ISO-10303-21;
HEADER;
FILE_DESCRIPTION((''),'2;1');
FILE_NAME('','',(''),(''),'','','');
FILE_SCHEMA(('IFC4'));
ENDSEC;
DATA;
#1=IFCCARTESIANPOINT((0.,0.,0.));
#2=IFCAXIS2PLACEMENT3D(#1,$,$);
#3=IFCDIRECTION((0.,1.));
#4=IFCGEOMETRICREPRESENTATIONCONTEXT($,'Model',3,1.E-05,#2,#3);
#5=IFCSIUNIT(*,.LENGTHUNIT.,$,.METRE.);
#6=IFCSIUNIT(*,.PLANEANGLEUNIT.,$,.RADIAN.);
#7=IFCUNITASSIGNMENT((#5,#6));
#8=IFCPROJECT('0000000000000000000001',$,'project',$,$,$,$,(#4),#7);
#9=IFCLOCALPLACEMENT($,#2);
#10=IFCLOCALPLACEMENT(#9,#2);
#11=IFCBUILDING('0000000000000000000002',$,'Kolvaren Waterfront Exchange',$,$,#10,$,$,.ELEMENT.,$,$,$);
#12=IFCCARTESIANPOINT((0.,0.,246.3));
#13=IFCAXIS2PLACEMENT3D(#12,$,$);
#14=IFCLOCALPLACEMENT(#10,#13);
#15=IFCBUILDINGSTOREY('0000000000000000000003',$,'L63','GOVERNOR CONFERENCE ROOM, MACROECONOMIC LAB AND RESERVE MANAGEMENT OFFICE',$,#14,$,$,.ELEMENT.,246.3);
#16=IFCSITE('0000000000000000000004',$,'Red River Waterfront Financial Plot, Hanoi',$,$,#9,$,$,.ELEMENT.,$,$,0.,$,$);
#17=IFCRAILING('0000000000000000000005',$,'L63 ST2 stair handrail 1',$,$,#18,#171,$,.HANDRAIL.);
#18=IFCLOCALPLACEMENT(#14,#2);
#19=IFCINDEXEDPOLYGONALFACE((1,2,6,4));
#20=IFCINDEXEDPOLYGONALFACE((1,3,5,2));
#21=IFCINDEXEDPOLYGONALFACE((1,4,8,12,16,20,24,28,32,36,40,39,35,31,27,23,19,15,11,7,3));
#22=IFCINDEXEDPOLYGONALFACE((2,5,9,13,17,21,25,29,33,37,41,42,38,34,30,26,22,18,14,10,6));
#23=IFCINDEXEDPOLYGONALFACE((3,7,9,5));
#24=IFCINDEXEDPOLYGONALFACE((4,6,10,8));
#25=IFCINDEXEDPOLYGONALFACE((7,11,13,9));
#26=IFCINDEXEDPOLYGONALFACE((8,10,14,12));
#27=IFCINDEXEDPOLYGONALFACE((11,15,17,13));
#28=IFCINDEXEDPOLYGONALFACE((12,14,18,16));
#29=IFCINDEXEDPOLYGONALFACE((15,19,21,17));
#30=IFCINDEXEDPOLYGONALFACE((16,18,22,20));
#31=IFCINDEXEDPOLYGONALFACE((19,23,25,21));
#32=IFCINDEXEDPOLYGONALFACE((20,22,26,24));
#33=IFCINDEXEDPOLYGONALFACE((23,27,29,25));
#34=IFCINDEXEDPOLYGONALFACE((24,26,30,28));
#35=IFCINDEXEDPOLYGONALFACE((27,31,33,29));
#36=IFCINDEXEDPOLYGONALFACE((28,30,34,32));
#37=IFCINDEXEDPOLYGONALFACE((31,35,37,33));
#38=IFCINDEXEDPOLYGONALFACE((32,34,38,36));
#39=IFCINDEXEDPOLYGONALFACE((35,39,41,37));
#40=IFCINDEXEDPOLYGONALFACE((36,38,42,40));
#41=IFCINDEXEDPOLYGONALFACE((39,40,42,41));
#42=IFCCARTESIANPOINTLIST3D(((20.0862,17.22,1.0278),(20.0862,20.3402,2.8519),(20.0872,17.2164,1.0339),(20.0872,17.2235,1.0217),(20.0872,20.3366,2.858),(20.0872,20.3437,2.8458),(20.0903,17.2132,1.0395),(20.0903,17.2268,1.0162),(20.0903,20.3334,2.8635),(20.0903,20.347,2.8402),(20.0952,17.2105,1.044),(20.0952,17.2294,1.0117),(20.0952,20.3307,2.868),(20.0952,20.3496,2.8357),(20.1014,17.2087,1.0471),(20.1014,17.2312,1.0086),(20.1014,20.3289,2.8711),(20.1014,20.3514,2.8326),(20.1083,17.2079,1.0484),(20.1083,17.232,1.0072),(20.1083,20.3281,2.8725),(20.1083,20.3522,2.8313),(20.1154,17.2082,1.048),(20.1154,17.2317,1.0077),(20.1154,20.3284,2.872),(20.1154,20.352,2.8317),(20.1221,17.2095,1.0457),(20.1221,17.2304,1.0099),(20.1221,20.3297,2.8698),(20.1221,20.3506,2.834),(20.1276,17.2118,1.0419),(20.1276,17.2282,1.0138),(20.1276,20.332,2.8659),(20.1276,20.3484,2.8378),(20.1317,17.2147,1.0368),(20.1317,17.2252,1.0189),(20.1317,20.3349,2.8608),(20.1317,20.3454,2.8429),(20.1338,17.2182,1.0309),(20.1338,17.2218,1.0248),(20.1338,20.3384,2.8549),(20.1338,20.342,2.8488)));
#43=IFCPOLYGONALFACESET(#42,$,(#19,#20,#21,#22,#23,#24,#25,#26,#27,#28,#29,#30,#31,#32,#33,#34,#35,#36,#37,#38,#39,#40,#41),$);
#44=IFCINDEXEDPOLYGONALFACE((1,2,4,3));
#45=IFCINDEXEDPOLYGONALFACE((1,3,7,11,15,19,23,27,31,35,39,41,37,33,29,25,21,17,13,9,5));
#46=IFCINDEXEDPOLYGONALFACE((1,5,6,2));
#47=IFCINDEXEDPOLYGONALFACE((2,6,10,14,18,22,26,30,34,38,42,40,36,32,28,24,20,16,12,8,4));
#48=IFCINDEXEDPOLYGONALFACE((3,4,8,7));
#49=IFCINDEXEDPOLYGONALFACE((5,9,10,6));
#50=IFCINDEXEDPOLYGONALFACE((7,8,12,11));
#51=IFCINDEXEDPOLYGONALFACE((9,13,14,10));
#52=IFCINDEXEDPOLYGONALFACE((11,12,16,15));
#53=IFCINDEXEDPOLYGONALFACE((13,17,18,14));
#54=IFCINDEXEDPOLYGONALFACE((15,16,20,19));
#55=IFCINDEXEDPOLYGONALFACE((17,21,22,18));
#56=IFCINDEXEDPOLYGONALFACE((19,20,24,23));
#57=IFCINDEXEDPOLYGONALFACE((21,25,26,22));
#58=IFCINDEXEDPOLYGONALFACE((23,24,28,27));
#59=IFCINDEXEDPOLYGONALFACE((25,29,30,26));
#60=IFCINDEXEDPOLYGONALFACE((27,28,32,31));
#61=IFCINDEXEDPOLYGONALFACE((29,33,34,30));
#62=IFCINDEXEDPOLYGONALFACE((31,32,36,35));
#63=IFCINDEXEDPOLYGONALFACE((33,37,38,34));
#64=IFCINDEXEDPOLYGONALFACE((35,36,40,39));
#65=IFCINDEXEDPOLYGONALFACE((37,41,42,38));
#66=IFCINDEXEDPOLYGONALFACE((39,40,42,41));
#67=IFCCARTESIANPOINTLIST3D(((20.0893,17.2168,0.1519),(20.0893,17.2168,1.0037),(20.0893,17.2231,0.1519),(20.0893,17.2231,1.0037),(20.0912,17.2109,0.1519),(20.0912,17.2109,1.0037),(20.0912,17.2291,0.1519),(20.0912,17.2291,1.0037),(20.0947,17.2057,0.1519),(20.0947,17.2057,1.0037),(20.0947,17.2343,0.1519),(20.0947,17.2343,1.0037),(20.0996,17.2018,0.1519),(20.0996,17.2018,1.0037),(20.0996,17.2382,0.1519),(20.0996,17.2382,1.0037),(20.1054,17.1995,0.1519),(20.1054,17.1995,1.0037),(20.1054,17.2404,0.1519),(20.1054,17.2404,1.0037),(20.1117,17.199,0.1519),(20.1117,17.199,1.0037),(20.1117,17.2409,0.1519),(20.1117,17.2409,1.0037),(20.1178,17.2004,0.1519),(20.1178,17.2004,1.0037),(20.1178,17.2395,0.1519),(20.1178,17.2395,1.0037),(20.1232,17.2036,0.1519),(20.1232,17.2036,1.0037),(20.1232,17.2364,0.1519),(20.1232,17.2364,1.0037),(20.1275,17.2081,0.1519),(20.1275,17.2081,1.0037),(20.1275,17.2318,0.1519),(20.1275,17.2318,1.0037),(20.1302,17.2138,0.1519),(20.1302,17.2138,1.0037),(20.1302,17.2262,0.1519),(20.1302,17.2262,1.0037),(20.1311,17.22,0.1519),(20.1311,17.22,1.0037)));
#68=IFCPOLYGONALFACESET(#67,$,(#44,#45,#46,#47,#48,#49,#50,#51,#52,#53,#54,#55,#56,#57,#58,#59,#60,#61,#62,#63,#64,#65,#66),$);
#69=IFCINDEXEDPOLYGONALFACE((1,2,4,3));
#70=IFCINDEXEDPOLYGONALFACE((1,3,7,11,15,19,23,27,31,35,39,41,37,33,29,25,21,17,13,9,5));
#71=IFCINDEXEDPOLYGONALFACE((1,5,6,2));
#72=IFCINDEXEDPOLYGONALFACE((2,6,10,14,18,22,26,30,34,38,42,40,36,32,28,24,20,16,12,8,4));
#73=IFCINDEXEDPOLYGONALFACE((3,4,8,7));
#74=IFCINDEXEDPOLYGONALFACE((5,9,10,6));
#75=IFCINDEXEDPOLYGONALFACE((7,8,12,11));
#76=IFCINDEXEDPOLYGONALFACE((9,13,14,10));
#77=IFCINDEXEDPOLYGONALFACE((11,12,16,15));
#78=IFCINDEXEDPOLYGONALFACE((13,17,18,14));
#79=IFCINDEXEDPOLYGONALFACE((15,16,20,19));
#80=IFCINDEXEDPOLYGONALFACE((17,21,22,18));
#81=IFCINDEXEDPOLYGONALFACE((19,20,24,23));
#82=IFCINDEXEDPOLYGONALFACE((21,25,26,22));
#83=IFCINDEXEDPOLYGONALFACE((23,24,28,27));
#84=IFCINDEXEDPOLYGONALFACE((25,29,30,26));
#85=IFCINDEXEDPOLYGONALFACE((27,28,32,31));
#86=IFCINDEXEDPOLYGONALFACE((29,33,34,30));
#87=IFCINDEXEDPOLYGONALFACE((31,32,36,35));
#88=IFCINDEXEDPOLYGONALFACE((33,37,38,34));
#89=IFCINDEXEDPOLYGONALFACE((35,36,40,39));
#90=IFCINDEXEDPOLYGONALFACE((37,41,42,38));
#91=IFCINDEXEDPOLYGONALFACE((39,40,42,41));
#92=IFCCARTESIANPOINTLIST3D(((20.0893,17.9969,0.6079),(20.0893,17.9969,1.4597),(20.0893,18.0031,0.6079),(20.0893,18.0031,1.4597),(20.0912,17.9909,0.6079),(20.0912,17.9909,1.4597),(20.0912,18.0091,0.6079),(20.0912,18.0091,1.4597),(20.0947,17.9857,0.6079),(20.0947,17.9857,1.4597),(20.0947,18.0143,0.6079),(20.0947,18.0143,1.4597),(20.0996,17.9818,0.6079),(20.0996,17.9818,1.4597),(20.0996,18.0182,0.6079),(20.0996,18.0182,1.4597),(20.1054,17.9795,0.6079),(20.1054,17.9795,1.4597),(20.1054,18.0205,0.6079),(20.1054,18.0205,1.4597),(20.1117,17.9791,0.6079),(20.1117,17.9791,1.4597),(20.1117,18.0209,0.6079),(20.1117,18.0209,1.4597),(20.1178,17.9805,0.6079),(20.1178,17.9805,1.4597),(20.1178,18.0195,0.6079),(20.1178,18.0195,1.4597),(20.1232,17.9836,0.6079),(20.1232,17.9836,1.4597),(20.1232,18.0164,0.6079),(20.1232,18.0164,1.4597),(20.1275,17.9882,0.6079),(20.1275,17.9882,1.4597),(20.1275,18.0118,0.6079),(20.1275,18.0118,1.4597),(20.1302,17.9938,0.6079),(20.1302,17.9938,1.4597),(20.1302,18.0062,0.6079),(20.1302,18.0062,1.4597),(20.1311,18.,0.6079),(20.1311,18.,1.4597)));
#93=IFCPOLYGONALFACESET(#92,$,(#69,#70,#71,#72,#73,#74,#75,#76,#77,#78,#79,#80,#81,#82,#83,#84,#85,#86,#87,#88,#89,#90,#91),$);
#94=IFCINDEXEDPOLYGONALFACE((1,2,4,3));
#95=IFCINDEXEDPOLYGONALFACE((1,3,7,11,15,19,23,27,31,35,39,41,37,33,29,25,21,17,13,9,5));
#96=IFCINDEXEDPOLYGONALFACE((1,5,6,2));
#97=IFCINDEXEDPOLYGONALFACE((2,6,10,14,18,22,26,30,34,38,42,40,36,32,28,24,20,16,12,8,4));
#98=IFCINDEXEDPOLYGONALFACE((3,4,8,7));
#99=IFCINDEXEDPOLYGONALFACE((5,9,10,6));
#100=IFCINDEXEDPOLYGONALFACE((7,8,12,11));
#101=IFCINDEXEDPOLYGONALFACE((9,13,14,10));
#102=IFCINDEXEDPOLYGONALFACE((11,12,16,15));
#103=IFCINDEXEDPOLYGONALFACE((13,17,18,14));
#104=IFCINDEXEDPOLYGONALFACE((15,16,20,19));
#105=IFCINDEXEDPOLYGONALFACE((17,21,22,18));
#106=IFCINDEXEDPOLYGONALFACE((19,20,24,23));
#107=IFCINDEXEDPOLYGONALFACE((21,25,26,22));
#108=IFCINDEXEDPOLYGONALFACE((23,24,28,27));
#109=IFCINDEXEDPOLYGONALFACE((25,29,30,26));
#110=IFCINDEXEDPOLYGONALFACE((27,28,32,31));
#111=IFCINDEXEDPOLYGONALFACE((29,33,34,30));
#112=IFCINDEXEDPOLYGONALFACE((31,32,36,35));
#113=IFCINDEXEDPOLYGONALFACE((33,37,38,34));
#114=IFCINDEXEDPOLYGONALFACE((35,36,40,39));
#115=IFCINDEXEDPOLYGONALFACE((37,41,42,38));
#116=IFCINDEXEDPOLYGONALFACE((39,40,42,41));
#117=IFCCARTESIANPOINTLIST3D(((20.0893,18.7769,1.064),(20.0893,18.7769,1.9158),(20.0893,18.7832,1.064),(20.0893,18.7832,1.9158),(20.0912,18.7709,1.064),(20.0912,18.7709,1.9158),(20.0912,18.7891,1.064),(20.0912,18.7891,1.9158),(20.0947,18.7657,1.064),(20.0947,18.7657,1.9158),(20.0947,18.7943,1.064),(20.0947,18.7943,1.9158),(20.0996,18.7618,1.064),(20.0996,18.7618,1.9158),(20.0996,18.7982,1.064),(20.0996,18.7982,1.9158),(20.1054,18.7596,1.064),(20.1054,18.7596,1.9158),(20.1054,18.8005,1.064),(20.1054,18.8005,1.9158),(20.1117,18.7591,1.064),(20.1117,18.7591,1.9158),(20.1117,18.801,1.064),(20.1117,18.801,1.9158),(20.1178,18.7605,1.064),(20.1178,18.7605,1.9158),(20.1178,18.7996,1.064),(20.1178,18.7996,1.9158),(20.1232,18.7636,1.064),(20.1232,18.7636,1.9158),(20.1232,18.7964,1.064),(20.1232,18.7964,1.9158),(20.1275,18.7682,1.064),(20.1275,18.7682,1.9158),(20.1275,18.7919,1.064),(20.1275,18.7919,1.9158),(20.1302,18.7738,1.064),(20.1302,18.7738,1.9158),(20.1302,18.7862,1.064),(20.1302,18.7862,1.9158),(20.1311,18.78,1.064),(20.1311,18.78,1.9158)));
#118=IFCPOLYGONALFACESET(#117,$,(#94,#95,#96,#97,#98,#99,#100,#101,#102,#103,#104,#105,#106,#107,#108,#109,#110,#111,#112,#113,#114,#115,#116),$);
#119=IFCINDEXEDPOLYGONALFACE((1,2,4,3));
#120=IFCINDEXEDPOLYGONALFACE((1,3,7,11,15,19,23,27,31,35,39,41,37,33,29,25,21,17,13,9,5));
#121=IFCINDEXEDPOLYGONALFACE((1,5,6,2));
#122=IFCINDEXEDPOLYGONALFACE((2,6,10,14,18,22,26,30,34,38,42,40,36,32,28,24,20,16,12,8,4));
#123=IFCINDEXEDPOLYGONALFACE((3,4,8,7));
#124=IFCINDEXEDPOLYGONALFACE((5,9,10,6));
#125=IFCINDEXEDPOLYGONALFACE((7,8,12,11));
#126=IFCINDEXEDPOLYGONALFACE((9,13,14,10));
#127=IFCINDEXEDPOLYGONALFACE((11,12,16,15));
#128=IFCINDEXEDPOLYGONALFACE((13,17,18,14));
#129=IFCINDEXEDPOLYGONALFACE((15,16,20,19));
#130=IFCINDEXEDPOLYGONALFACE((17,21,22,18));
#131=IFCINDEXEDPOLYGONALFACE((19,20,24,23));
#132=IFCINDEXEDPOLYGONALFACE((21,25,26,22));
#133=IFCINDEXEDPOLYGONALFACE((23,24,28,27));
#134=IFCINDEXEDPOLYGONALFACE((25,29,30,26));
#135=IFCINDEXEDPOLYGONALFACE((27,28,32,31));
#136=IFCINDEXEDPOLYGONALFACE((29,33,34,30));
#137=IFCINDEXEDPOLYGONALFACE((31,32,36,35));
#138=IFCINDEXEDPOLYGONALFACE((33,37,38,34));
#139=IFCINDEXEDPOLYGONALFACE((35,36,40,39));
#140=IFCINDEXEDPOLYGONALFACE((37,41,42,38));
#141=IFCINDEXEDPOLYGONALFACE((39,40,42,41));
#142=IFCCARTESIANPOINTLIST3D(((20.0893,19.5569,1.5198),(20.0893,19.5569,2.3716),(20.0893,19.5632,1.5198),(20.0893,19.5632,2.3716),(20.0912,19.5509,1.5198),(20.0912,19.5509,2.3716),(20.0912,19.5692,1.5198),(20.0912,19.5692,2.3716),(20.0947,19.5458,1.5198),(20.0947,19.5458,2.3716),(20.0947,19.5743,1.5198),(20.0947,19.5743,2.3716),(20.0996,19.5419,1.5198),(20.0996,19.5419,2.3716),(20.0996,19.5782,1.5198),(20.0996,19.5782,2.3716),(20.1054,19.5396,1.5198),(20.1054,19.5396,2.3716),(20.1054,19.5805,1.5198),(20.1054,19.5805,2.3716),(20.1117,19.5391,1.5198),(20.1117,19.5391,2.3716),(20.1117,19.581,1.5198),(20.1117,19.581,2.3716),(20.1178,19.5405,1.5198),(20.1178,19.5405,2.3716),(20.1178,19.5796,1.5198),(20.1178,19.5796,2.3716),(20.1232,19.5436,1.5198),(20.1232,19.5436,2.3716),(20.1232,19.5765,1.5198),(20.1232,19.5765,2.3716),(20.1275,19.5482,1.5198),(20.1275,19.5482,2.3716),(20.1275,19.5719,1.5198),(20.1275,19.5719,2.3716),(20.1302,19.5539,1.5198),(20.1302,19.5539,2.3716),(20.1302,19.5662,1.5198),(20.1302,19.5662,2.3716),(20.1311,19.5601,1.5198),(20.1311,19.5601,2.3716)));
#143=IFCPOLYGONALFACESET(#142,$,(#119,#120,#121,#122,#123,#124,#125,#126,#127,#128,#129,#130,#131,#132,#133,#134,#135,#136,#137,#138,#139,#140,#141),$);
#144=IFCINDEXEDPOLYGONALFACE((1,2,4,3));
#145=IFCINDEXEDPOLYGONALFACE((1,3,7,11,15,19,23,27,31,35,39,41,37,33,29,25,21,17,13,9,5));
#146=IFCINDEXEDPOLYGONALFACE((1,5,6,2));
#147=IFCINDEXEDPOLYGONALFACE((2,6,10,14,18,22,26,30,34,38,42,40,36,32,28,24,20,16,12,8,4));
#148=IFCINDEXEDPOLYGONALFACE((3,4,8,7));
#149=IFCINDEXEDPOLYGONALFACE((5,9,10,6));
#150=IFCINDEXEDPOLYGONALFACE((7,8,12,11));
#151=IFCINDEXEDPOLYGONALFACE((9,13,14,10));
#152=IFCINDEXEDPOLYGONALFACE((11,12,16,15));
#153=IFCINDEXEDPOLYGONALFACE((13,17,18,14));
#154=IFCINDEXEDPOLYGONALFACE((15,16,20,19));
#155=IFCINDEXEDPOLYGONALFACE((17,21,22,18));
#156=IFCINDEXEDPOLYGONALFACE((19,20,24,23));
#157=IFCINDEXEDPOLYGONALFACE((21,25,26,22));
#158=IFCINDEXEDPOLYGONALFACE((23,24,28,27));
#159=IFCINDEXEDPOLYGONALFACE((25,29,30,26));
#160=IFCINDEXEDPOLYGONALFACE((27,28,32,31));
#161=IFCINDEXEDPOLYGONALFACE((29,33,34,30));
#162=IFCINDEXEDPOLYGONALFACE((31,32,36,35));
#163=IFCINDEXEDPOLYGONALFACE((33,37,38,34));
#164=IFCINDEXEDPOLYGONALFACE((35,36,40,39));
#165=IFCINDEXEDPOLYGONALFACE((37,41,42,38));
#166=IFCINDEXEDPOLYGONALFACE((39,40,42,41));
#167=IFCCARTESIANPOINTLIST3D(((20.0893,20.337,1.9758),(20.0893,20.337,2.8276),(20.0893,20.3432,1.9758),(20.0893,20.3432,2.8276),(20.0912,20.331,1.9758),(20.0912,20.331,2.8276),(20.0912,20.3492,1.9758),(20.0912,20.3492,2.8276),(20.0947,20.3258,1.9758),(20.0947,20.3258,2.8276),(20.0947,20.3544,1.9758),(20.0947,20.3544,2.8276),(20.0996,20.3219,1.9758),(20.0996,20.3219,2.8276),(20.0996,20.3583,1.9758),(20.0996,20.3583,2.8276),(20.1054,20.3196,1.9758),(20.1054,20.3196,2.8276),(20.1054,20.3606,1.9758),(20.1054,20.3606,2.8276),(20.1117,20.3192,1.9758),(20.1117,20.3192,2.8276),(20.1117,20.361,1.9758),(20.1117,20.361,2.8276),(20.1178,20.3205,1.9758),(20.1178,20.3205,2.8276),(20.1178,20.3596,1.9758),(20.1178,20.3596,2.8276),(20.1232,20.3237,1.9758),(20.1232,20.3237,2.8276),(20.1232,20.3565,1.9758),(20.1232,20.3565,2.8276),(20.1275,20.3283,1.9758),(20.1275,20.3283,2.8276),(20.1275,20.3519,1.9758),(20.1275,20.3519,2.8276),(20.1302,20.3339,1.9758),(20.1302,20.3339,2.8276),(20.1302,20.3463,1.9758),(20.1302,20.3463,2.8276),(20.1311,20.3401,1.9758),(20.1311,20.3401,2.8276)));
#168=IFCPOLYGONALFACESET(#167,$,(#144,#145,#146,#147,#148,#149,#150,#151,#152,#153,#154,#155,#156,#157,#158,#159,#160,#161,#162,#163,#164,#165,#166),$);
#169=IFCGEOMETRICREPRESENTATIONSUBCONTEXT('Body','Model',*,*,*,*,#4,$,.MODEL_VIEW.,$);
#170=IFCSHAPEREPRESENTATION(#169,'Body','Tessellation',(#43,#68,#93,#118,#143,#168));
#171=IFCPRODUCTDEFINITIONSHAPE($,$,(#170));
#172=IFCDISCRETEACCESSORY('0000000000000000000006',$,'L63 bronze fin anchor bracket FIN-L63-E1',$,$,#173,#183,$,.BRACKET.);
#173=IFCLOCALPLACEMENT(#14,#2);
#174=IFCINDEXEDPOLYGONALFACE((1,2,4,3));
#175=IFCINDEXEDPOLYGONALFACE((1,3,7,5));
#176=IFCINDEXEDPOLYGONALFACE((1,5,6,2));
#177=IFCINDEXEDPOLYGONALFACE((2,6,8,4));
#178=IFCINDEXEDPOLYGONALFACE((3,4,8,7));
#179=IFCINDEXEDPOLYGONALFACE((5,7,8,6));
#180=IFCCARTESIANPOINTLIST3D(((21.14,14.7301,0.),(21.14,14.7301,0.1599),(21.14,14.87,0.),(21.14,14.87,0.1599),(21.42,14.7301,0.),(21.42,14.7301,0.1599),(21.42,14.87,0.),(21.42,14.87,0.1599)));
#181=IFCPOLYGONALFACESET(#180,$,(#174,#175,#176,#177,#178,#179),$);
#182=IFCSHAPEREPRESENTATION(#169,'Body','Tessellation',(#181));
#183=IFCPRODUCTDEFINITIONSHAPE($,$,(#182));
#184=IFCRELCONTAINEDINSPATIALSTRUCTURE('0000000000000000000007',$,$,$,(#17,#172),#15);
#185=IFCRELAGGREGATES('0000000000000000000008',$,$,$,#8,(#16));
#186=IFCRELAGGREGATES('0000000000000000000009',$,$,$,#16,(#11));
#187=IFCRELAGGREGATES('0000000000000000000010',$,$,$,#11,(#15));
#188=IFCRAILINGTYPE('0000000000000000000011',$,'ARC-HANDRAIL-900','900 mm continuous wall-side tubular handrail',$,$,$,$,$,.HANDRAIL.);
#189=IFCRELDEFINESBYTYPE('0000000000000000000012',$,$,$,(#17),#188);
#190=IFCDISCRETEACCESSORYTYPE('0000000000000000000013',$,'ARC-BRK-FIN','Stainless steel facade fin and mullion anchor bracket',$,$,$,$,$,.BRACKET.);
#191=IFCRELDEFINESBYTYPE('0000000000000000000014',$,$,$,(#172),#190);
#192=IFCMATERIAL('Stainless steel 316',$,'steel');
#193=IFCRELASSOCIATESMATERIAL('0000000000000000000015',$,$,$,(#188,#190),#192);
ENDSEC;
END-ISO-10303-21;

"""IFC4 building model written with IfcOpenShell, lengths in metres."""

from ifc_helpers import new_model, si_unit, direction, frame, origin, origin_with_axes, origin_2d, place, context, subcontext, project, spatial, rectangle, circle, extrude, source, transform, mapped, material, type_object, element, save


model = new_model("IFC4")

# Units and contexts
model_context = context("Model", 3, precision=1e-05, world=origin(), true_north=direction((0.0, 1.0)))
body_context = subcontext(model_context, "Body", "Model", "MODEL_VIEW")
ifc_project = project(units=[si_unit("LENGTHUNIT", "METRE"), si_unit("PLANEANGLEUNIT", "RADIAN")], contexts=[model_context])

# Site, building, storey
site_placement = place(None, origin())
site = spatial("IfcSite", under=ifc_project, at=site_placement, Name="Red River Waterfront Financial Plot, Hanoi", CompositionType="ELEMENT", RefElevation=0.0)
building_placement = place(site_placement, origin())
building = spatial("IfcBuilding", under=site, at=building_placement, Name="Kolvaren Waterfront Exchange", CompositionType="ELEMENT")
storey_placement = place(building_placement, frame((0.0, 0.0, 246.3)))
storey = spatial("IfcBuildingStorey", under=building, at=storey_placement, Name="L63", Description="GOVERNOR CONFERENCE ROOM, MACROECONOMIC LAB AND RESERVE MANAGEMENT OFFICE", CompositionType="ELEMENT", Elevation=246.3)

# Railing
ifc_material_1 = material(Name="Stainless steel 316", Category="steel")
railing_type_1 = type_object("IfcRailingType", Name="ARC-HANDRAIL-900", Description="900 mm continuous wall-side tubular handrail", PredefinedType="HANDRAIL", material=ifc_material_1)
railing_1_placement = place(storey_placement, frame((20.1101, 17.22, 0.1519)))
element("IfcRailing", 1, at=railing_1_placement, inside=storey, type_object=railing_type_1, Name="L63 ST2 stair handrail 1", PredefinedType="HANDRAIL", context=body_context, shape_type="SweptSolid", body=[
    extrude(circle(Radius=0.0239, at=origin_2d()), frame((0.0, 0.0, 0.876), z_axis=(0.0, 0.863308, 0.504677), x_axis=(-1.0, 0.0, 0.0)), (0.0, 0.0, 1.0), 3.6143),
    extrude(circle(Radius=0.021, at=origin_2d()), origin(), (0.0, 0.0, 1.0), 0.8518),
    extrude(circle(Radius=0.021, at=origin_2d()), frame((0.0, 0.78, 0.4561)), (0.0, 0.0, 1.0), 0.8518),
    extrude(circle(Radius=0.021, at=origin_2d()), frame((0.0, 1.5601, 0.9121)), (0.0, 0.0, 1.0), 0.8518),
    extrude(circle(Radius=0.021, at=origin_2d()), frame((0.0, 2.3401, 1.3679)), (0.0, 0.0, 1.0), 0.8518),
    extrude(circle(Radius=0.021, at=origin_2d()), frame((0.0, 3.1201, 1.824)), (0.0, 0.0, 1.0), 0.8518),
])

# Discrete accessory
discrete_accessory_type = type_object("IfcDiscreteAccessoryType", Name="ARC-BRK-FIN", Description="Stainless steel facade fin and mullion anchor bracket", PredefinedType="BRACKET", material=ifc_material_1)
shared_shape = source(origin_with_axes(), body_context, "Body", "SweptSolid", [
    extrude(rectangle(XDim=0.28, YDim=0.1399, at=origin_2d()), origin(), (0.0, 0.0, 1.0), 0.1599),
])
discrete_accessory_placement = place(storey_placement, frame((21.28, 14.8, 0.0), z_axis=(0.0, 0.0, 1.0), x_axis=(1.0, 0.0, 0.0)))
element("IfcDiscreteAccessory", 2, at=discrete_accessory_placement, inside=storey, type_object=discrete_accessory_type, Name="L63 bronze fin anchor bracket FIN-L63-E1", PredefinedType="BRACKET", context=body_context, shape_type="MappedRepresentation", body=[
    mapped(shared_shape, transform((0.0, 0.0, 0.0), x_axis=(1.0, 0.0, 0.0), y_axis=(0.0, 1.0, 0.0), z_axis=(0.0, 0.0, 1.0), scale=1.0)),
])

save(model, "model.ifc")
